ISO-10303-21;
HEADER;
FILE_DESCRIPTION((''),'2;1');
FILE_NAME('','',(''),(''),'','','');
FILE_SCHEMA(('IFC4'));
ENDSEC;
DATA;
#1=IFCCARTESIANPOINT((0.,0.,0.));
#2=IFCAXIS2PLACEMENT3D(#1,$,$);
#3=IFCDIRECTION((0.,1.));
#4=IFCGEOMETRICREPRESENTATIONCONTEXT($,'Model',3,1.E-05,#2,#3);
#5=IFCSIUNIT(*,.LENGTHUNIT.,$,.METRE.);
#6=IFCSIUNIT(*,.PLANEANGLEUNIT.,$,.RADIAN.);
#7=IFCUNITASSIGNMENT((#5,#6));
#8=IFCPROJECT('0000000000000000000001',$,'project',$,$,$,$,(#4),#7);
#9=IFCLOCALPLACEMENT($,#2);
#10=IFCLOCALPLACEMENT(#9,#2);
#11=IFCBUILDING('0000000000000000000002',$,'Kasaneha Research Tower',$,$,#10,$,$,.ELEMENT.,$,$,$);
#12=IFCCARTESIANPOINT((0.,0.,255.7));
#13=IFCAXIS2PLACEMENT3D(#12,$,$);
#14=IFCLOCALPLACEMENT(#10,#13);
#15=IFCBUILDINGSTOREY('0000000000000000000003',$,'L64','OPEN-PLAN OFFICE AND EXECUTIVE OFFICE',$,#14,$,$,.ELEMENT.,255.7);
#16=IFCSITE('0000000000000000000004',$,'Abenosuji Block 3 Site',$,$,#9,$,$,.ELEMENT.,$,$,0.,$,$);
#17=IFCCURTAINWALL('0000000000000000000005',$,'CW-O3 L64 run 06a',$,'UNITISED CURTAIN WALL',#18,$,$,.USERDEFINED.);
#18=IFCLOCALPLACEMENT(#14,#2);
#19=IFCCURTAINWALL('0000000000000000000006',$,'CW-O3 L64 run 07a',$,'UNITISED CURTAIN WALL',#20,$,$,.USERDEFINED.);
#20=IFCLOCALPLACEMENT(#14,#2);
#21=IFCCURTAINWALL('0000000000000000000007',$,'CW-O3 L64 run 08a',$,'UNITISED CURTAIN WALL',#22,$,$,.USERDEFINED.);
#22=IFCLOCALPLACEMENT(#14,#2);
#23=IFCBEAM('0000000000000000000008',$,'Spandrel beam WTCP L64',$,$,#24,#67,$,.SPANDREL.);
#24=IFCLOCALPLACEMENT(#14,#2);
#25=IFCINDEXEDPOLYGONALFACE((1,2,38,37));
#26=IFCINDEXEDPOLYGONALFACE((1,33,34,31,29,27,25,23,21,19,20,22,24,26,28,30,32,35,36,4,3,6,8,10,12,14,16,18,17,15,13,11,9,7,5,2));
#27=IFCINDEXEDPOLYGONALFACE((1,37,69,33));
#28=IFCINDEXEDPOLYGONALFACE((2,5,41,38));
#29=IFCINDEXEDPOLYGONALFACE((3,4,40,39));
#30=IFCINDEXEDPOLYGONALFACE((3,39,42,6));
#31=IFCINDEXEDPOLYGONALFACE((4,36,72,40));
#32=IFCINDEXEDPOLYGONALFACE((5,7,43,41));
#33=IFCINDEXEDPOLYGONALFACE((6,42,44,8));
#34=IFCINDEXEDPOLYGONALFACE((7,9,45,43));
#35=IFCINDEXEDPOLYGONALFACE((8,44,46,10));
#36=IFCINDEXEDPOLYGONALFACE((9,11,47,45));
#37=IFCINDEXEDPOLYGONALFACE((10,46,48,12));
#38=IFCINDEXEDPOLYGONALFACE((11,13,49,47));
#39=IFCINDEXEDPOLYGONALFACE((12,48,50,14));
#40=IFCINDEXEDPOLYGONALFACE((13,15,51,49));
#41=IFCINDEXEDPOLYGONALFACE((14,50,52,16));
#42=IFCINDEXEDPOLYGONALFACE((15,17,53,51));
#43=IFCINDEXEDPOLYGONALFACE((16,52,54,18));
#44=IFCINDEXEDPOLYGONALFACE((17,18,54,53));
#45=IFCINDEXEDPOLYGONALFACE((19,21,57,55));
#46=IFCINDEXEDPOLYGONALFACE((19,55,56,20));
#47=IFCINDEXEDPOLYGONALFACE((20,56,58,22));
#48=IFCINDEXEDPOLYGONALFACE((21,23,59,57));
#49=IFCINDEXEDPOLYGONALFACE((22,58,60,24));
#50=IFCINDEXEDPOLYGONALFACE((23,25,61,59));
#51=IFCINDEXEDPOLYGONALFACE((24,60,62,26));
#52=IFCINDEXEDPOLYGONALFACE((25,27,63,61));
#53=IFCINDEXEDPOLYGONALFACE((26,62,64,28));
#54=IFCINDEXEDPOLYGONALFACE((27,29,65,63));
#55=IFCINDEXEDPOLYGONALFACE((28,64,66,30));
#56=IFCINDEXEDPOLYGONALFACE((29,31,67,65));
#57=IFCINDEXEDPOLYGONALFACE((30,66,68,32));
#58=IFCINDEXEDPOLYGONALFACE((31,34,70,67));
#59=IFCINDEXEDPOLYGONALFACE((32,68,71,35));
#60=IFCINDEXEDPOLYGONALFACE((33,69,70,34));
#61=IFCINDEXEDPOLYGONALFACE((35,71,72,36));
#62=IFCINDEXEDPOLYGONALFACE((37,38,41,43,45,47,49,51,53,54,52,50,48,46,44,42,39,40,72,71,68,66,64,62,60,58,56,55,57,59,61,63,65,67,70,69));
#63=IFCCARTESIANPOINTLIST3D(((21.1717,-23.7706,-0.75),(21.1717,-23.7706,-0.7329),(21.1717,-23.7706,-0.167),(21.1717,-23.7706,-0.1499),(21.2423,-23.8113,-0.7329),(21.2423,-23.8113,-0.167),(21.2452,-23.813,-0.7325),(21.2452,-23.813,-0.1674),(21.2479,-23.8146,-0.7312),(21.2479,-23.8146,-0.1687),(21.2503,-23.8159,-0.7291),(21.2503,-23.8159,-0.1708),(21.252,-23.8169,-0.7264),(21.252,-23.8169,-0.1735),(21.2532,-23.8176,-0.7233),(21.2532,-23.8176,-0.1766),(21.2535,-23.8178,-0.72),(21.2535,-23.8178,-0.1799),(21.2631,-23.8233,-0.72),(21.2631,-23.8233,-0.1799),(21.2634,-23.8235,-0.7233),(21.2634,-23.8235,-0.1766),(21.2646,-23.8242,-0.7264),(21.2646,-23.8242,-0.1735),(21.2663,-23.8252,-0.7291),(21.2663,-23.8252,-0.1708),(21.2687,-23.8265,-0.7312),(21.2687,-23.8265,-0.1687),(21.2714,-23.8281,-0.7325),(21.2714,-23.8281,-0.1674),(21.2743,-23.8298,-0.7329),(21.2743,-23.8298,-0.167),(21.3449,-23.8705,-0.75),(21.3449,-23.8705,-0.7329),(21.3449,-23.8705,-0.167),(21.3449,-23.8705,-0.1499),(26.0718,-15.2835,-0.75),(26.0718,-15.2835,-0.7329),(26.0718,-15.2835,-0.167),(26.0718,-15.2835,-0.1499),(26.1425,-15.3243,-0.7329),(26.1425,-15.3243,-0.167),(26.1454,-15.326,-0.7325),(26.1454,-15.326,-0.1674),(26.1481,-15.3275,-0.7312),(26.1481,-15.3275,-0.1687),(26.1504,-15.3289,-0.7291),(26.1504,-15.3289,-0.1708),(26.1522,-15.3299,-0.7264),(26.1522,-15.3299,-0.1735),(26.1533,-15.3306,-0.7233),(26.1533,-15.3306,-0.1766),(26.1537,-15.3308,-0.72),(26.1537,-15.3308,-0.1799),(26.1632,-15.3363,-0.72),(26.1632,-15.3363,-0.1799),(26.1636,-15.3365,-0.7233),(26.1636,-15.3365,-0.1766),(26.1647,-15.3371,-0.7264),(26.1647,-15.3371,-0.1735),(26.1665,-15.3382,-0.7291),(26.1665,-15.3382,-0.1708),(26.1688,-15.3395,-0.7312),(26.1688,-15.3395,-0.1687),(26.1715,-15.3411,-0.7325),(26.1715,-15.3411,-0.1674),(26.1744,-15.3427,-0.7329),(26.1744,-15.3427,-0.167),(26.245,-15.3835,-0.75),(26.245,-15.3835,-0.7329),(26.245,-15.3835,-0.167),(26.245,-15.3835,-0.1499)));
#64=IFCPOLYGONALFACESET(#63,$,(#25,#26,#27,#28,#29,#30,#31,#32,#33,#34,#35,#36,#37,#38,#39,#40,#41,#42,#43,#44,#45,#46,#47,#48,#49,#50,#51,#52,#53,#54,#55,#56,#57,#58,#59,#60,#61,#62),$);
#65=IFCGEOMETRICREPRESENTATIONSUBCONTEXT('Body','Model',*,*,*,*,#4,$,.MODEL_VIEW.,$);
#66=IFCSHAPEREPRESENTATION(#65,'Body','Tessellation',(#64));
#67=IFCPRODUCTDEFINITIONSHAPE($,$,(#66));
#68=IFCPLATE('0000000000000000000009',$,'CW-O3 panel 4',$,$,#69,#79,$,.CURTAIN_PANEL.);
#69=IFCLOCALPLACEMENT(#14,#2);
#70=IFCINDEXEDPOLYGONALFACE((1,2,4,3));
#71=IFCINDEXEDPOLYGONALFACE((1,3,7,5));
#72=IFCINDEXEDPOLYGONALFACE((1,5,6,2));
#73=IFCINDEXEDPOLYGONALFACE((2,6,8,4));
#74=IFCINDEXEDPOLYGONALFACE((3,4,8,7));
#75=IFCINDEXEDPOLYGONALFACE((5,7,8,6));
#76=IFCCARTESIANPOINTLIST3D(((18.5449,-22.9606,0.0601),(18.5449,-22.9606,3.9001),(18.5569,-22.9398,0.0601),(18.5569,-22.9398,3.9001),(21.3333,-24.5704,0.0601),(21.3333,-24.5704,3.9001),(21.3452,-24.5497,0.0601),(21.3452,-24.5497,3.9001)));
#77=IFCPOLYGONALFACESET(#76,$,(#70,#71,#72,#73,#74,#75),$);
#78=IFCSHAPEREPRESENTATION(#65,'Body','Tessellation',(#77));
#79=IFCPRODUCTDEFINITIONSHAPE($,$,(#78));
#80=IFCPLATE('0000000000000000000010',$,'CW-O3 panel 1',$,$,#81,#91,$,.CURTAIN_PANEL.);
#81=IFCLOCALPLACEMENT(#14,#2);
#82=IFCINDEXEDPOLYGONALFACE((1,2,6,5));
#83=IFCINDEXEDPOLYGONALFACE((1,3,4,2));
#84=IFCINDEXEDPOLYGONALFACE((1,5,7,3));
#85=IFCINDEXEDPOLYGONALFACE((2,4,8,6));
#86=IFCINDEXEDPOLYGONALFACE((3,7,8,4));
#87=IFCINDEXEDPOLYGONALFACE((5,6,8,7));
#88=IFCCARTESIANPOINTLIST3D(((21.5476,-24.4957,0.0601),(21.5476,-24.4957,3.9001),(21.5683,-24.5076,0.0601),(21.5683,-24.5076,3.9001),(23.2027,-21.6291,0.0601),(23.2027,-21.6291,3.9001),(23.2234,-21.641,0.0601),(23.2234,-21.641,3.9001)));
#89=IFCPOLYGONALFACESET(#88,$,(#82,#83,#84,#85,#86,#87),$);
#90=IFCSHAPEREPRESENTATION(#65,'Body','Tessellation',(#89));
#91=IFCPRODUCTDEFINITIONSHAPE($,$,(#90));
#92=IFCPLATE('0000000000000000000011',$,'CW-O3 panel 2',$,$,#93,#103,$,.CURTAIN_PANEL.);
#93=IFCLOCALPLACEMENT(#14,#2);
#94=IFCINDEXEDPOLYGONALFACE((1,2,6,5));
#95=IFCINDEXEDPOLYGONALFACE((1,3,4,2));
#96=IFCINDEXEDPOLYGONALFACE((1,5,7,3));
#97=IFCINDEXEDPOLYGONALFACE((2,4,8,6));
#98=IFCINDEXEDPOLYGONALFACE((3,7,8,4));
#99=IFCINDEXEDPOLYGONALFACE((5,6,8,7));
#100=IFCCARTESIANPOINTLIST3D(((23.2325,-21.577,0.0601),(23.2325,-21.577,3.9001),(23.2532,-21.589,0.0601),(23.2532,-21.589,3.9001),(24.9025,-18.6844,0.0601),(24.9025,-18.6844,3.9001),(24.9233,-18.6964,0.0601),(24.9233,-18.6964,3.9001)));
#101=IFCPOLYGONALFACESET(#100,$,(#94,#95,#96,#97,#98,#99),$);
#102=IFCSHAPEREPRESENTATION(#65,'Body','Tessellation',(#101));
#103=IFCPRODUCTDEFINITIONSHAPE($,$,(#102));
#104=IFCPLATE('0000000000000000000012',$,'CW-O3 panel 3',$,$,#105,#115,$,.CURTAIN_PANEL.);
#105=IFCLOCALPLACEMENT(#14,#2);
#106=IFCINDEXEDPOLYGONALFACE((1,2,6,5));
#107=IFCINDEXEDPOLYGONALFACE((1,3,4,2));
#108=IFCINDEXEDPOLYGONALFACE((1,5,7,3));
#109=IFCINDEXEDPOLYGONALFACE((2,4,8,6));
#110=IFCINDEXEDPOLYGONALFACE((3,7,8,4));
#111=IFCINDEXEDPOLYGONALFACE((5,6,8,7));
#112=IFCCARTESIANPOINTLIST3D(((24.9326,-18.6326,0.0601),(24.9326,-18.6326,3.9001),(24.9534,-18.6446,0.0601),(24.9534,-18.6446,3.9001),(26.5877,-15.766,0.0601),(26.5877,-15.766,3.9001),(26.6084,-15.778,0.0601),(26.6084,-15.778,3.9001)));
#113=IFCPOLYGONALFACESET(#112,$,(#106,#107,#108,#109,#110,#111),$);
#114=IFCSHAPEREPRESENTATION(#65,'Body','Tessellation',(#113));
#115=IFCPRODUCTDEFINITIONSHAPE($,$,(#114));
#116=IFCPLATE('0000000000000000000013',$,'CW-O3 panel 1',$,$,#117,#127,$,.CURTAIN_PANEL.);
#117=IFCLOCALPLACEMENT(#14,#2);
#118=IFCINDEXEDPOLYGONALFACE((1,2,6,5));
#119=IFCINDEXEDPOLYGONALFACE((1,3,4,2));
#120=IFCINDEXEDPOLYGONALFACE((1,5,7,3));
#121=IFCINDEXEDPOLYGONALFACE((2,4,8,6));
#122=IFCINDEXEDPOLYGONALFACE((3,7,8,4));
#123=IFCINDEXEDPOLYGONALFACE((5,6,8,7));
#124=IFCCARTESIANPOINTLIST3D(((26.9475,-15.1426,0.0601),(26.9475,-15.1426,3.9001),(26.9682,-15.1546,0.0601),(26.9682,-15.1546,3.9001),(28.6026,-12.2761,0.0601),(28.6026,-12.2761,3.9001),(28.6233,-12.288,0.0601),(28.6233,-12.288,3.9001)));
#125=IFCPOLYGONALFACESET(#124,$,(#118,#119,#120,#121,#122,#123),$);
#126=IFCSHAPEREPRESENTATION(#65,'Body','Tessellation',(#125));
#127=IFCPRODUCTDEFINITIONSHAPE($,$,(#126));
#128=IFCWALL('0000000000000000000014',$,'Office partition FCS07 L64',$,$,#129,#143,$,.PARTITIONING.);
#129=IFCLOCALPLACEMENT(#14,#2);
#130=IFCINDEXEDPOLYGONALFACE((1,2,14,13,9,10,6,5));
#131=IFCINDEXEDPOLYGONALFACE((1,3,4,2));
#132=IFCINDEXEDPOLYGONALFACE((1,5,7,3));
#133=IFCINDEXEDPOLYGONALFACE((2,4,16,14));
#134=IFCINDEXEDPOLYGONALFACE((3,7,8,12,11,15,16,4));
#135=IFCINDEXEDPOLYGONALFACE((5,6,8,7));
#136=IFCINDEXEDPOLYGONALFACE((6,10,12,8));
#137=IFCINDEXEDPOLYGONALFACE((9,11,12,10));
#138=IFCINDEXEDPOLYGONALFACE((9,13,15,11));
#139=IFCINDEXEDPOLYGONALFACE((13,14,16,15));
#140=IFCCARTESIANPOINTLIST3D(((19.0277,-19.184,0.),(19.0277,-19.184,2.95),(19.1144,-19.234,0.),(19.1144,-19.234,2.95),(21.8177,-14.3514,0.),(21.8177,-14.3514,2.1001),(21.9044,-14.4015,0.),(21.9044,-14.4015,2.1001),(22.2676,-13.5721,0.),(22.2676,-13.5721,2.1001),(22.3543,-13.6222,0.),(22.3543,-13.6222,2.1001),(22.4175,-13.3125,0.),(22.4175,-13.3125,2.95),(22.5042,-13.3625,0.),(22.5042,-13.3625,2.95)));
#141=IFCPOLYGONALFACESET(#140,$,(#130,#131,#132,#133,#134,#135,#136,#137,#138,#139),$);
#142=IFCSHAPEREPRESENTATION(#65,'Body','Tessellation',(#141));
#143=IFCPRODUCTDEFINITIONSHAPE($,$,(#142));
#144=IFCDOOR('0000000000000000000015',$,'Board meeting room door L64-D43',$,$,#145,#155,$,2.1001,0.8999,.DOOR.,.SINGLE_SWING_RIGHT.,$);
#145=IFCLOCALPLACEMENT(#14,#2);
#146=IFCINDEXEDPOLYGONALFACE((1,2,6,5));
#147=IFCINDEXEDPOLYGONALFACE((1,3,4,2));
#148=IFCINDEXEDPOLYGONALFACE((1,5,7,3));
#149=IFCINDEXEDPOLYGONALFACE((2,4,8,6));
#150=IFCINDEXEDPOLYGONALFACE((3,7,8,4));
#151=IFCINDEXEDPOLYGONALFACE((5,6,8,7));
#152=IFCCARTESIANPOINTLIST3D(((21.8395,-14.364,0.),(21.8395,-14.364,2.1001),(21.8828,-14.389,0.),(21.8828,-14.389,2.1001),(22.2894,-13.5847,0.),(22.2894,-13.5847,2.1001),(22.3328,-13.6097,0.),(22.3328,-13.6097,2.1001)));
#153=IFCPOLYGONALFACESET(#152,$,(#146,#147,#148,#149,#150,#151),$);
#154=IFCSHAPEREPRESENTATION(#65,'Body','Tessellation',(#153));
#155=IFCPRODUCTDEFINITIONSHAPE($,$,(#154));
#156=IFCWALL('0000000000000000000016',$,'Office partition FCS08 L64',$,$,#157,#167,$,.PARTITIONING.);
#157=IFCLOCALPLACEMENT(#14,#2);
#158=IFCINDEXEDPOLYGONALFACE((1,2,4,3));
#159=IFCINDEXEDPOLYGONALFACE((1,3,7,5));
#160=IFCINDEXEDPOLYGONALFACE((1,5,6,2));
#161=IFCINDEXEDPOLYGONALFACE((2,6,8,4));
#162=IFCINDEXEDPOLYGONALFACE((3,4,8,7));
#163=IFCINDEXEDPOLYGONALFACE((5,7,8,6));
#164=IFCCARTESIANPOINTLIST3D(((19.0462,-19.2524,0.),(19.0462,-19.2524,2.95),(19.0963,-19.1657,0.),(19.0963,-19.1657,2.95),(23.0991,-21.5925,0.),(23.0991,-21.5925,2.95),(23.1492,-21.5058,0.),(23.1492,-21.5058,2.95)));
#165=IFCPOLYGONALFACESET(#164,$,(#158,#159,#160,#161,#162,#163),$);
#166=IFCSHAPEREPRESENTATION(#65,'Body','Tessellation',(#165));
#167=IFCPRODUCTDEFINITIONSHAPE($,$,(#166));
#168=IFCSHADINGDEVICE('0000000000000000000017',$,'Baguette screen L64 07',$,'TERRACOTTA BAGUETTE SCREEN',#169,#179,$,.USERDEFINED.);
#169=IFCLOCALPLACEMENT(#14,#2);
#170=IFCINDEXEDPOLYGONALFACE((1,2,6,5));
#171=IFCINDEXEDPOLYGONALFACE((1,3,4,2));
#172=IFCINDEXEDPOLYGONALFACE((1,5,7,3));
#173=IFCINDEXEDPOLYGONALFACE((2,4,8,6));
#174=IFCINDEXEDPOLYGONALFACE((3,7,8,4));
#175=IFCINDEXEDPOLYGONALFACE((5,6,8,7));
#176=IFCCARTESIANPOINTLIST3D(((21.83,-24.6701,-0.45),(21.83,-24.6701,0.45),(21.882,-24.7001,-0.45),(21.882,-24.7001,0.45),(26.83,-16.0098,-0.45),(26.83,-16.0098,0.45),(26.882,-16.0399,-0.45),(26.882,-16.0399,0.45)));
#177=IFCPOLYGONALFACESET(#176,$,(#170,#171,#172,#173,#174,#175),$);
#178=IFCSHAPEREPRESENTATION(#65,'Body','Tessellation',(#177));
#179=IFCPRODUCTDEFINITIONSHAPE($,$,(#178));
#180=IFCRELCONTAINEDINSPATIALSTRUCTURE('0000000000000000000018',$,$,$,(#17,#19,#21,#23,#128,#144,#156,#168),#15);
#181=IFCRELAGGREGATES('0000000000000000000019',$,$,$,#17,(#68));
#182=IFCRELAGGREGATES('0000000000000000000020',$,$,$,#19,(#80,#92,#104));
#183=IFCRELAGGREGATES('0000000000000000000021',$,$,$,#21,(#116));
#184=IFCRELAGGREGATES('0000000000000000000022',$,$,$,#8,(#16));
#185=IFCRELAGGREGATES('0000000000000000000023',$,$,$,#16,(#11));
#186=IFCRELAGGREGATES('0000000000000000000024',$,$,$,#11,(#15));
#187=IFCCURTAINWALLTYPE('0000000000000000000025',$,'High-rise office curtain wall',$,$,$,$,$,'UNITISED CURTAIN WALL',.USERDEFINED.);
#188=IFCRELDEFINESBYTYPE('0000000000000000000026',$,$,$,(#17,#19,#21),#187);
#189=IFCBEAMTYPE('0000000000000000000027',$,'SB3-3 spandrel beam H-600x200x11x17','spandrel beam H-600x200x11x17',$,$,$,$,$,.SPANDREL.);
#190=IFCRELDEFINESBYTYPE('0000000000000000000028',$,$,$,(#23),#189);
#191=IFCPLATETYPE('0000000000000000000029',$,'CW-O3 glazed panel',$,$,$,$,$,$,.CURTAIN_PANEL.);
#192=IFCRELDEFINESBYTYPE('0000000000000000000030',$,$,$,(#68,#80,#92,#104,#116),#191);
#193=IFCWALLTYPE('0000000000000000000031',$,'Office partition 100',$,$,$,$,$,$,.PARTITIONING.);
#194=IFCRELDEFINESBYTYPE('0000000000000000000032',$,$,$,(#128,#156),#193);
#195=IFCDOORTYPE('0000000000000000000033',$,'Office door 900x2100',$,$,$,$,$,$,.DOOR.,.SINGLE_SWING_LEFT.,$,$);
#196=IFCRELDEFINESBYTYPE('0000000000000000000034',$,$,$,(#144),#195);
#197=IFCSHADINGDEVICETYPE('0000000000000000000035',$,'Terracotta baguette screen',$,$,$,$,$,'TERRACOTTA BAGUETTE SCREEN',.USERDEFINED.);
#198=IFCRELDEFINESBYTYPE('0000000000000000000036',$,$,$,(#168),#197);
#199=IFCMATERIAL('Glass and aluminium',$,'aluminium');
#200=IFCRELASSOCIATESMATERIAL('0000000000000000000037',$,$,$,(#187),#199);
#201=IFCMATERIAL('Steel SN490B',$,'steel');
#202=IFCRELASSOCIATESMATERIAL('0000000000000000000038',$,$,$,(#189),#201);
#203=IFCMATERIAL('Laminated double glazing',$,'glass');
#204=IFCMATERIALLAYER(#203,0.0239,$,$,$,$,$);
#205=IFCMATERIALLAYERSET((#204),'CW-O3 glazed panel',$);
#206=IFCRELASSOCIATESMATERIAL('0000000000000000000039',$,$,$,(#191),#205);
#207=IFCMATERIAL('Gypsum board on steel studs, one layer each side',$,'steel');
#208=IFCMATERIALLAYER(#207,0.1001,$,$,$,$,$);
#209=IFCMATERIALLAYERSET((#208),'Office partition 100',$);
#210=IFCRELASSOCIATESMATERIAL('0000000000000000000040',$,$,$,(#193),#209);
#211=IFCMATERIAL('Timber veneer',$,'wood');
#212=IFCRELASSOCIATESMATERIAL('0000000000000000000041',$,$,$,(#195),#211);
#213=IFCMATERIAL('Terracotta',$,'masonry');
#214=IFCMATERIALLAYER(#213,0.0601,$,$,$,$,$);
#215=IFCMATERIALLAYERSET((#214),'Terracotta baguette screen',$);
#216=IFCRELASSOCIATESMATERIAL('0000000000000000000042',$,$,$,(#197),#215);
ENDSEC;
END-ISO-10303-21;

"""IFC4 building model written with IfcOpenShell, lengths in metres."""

from ifc_helpers import new_model, si_unit, direction, frame, frame_2d, origin, origin_2d, place, context, subcontext, project, spatial, rectangle, i_section, extrude, material, layer, layer_set, material_profile, profile_set, type_object, element, fill, aggregate, save


model = new_model("IFC4")

# Units and contexts
model_context = context("Model", 3, precision=1e-05, world=origin(), true_north=direction((0.0, 1.0)))
body_context = subcontext(model_context, "Body", "Model", "MODEL_VIEW")
ifc_project = project(units=[si_unit("LENGTHUNIT", "METRE"), si_unit("PLANEANGLEUNIT", "RADIAN")], contexts=[model_context])

# Site, building, storey
site_placement = place(None, origin())
site = spatial("IfcSite", under=ifc_project, at=site_placement, Name="Abenosuji Block 3 Site", CompositionType="ELEMENT", RefElevation=0.0)
building_placement = place(site_placement, origin())
building = spatial("IfcBuilding", under=site, at=building_placement, Name="Kasaneha Research Tower", CompositionType="ELEMENT")
storey_placement = place(building_placement, frame((0.0, 0.0, 255.7)))
storey = spatial("IfcBuildingStorey", under=building, at=storey_placement, Name="L64", Description="OPEN-PLAN OFFICE AND EXECUTIVE OFFICE", CompositionType="ELEMENT", Elevation=255.7)

# Curtain wall
ifc_material_1 = material(Name="Glass and aluminium", Category="aluminium")
curtain_wall_type = type_object("IfcCurtainWallType", Name="High-rise office curtain wall", ElementType="UNITISED CURTAIN WALL", PredefinedType="USERDEFINED", material=ifc_material_1)
curtain_wall_1_placement = place(storey_placement, origin())
curtain_wall_1 = element("IfcCurtainWall", 1, at=curtain_wall_1_placement, inside=storey, type_object=curtain_wall_type, Name="CW-O3 L64 run 06a", ObjectType="UNITISED CURTAIN WALL", PredefinedType="USERDEFINED")

# Curtain wall
curtain_wall_2_placement = place(storey_placement, origin())
curtain_wall_2 = element("IfcCurtainWall", 2, at=curtain_wall_2_placement, inside=storey, type_object=curtain_wall_type, Name="CW-O3 L64 run 07a", ObjectType="UNITISED CURTAIN WALL", PredefinedType="USERDEFINED")

# Curtain wall
curtain_wall_3_placement = place(storey_placement, origin())
curtain_wall_3 = element("IfcCurtainWall", 3, at=curtain_wall_3_placement, inside=storey, type_object=curtain_wall_type, Name="CW-O3 L64 run 08a", ObjectType="UNITISED CURTAIN WALL", PredefinedType="USERDEFINED")

# Beam
ifc_material_2 = material(Name="Steel SN490B", Category="steel")
ifc_material_profile_1 = material_profile(ifc_material_2, i_section(OverallWidth=0.2, OverallDepth=0.6001, WebThickness=0.011, FlangeThickness=0.0171, FilletRadius=0.0129, at=origin_2d()), Name="H-600x200x11x17")
ifc_profile_set_1 = profile_set([ifc_material_profile_1], Name="Steel SN490B")
beam_type = type_object("IfcBeamType", Name="SB3-3 spandrel beam H-600x200x11x17", Description="spandrel beam H-600x200x11x17", PredefinedType="SPANDREL", material=ifc_profile_set_1)
beam_placement = place(storey_placement, frame((21.2583, -23.8206, -0.45), z_axis=(0.500011, 0.866019, 0.0), x_axis=(-0.866019, 0.500011, 0.0)))
element("IfcBeam", 4, at=beam_placement, inside=storey, type_object=beam_type, Name="Spandrel beam WTCP L64", PredefinedType="SPANDREL", context=body_context, shape_type="SweptSolid", body=[
    extrude(i_section(OverallWidth=0.2, OverallDepth=0.6001, WebThickness=0.011, FlangeThickness=0.0171, FilletRadius=0.0129, at=origin_2d()), origin(), (0.0, 0.0, 1.0), 9.8),
])

# Plates
ifc_material_3 = material(Name="Laminated double glazing", Category="glass")
ifc_layer_1 = layer(ifc_material_3, 0.0239)
ifc_layer_set_1 = layer_set([ifc_layer_1], Name="CW-O3 glazed panel")
plate_type = type_object("IfcPlateType", Name="CW-O3 glazed panel", PredefinedType="CURTAIN_PANEL", material=ifc_layer_set_1)
plate_1_placement = place(storey_placement, frame((19.9451, -23.7551, 0.0601), z_axis=(0.0, 0.0, 1.0), x_axis=(0.866025, -0.5, 0.0)))
plate_1 = element("IfcPlate", 5, at=plate_1_placement, type_object=plate_type, Name="CW-O3 panel 4", PredefinedType="CURTAIN_PANEL", context=body_context, shape_type="SweptSolid", body=[
    extrude(rectangle(XDim=3.2197, YDim=0.0239, at=origin_2d()), origin(), (0.0, 0.0, 1.0), 3.8401),
])
aggregate(curtain_wall_1, [plate_1])
plate_2_placement = place(storey_placement, frame((22.3855, -23.0684, 0.0601), z_axis=(0.0, 0.0, 1.0), x_axis=(0.5, 0.866025, 0.0)))
plate_2 = element("IfcPlate", 6, at=plate_2_placement, type_object=plate_type, Name="CW-O3 panel 1", PredefinedType="CURTAIN_PANEL", context=body_context, shape_type="SweptSolid", body=[
    extrude(rectangle(XDim=3.3101, YDim=0.0239, at=origin_2d()), origin(), (0.0, 0.0, 1.0), 3.8401),
])
plate_3_placement = place(storey_placement, frame((24.0779, -20.1367, 0.0601), z_axis=(0.0, 0.0, 1.0), x_axis=(0.5, 0.866025, 0.0)))
plate_3 = element("IfcPlate", 7, at=plate_3_placement, type_object=plate_type, Name="CW-O3 panel 2", PredefinedType="CURTAIN_PANEL", context=body_context, shape_type="SweptSolid", body=[
    extrude(rectangle(XDim=3.3401, YDim=0.0239, at=origin_2d()), origin(), (0.0, 0.0, 1.0), 3.8401),
])
plate_4_placement = place(storey_placement, frame((25.7705, -17.2053, 0.0601), z_axis=(0.0, 0.0, 1.0), x_axis=(0.5, 0.866025, 0.0)))
plate_4 = element("IfcPlate", 8, at=plate_4_placement, type_object=plate_type, Name="CW-O3 panel 3", PredefinedType="CURTAIN_PANEL", context=body_context, shape_type="SweptSolid", body=[
    extrude(rectangle(XDim=3.3101, YDim=0.0239, at=origin_2d()), origin(), (0.0, 0.0, 1.0), 3.8401),
])
aggregate(curtain_wall_2, [plate_2, plate_3, plate_4])
plate_5_placement = place(storey_placement, frame((27.7854, -13.7153, 0.0601), z_axis=(0.0, 0.0, 1.0), x_axis=(0.5, 0.866025, 0.0)))
plate_5 = element("IfcPlate", 9, at=plate_5_placement, type_object=plate_type, Name="CW-O3 panel 1", PredefinedType="CURTAIN_PANEL", context=body_context, shape_type="SweptSolid", body=[
    extrude(rectangle(XDim=3.3101, YDim=0.0239, at=origin_2d()), origin(), (0.0, 0.0, 1.0), 3.8401),
])
aggregate(curtain_wall_3, [plate_5])

# Wall, opening, door
ifc_material_4 = material(Name="Gypsum board on steel studs, one layer each side", Category="steel")
ifc_layer_2 = layer(ifc_material_4, 0.1001)
ifc_layer_set_2 = layer_set([ifc_layer_2], Name="Office partition 100")
wall_type = type_object("IfcWallType", Name="Office partition 100", PredefinedType="PARTITIONING", material=ifc_layer_set_2)
wall_1_placement = place(storey_placement, frame((19.071, -19.209, 0.0), z_axis=(0.0, 0.0, 1.0), x_axis=(0.499993, 0.86603, 0.0)))
wall_1 = element("IfcWall", 10, at=wall_1_placement, inside=storey, type_object=wall_type, Name="Office partition FCS07 L64", PredefinedType="PARTITIONING", context=body_context, shape_type="SweptSolid", body=[
    extrude(rectangle(XDim=6.7798, YDim=0.1001, at=frame_2d((3.3899, 0.0))), origin(), (0.0, 0.0, 1.0), 2.95),
])
opening_placement = place(wall_1_placement, frame((5.5801, 0.0, 0.0)))
opening = element("IfcOpeningElement", 11, at=opening_placement, cuts=wall_1, PredefinedType="OPENING", context=body_context, shape_type="SweptSolid", body=[
    extrude(rectangle(XDim=0.8999, YDim=2.1001, at=frame_2d((0.45, 1.05))), frame((0.0, 0.0601, 0.0), z_axis=(0.0, -1.0, 0.0), x_axis=(1.0, 0.0, 0.0)), (0.0, 0.0, 1.0), 0.1201),
])
ifc_material_5 = material(Name="Timber veneer", Category="wood")
door_type = type_object("IfcDoorType", Name="Office door 900x2100", OperationType="SINGLE_SWING_LEFT", PredefinedType="DOOR", material=ifc_material_5)
door_placement = place(opening_placement, origin())
door = element("IfcDoor", 12, at=door_placement, inside=storey, type_object=door_type, Name="Board meeting room door L64-D43", OperationType="SINGLE_SWING_RIGHT", OverallHeight=2.1001, OverallWidth=0.8999, PredefinedType="DOOR", context=body_context, shape_type="SweptSolid", body=[
    extrude(rectangle(XDim=0.8999, YDim=2.1001, at=frame_2d((0.45, 1.05))), frame((0.0, 0.0249, 0.0), z_axis=(0.0, -1.0, 0.0), x_axis=(1.0, 0.0, 0.0)), (0.0, 0.0, 1.0), 0.05),
])
fill(opening, door)

# Wall
wall_2_placement = place(storey_placement, frame((23.124, -21.5491, 0.0), z_axis=(0.0, 0.0, 1.0), x_axis=(-0.866016, 0.500016, 0.0)))
element("IfcWall", 13, at=wall_2_placement, inside=storey, type_object=wall_type, Name="Office partition FCS08 L64", PredefinedType="PARTITIONING", context=body_context, shape_type="SweptSolid", body=[
    extrude(rectangle(XDim=4.6799, YDim=0.1001, at=frame_2d((2.3398, 0.0))), origin(), (0.0, 0.0, 1.0), 2.95),
])

# Shading device
ifc_material_6 = material(Name="Terracotta", Category="masonry")
ifc_layer_3 = layer(ifc_material_6, 0.0601)
ifc_layer_set_3 = layer_set([ifc_layer_3], Name="Terracotta baguette screen")
shading_device_type = type_object("IfcShadingDeviceType", Name="Terracotta baguette screen", ElementType="TERRACOTTA BAGUETTE SCREEN", PredefinedType="USERDEFINED", material=ifc_layer_set_3)
shading_device_placement = place(storey_placement, frame((24.356, -20.355, -0.45), z_axis=(0.0, 0.0, 1.0), x_axis=(0.5, 0.866025, 0.0)))
element("IfcShadingDevice", 14, at=shading_device_placement, inside=storey, type_object=shading_device_type, Name="Baguette screen L64 07", ObjectType="TERRACOTTA BAGUETTE SCREEN", PredefinedType="USERDEFINED", context=body_context, shape_type="SweptSolid", body=[
    extrude(rectangle(XDim=10.0, YDim=0.0601, at=origin_2d()), origin(), (0.0, 0.0, 1.0), 0.8999),
])

save(model, "model.ifc")
